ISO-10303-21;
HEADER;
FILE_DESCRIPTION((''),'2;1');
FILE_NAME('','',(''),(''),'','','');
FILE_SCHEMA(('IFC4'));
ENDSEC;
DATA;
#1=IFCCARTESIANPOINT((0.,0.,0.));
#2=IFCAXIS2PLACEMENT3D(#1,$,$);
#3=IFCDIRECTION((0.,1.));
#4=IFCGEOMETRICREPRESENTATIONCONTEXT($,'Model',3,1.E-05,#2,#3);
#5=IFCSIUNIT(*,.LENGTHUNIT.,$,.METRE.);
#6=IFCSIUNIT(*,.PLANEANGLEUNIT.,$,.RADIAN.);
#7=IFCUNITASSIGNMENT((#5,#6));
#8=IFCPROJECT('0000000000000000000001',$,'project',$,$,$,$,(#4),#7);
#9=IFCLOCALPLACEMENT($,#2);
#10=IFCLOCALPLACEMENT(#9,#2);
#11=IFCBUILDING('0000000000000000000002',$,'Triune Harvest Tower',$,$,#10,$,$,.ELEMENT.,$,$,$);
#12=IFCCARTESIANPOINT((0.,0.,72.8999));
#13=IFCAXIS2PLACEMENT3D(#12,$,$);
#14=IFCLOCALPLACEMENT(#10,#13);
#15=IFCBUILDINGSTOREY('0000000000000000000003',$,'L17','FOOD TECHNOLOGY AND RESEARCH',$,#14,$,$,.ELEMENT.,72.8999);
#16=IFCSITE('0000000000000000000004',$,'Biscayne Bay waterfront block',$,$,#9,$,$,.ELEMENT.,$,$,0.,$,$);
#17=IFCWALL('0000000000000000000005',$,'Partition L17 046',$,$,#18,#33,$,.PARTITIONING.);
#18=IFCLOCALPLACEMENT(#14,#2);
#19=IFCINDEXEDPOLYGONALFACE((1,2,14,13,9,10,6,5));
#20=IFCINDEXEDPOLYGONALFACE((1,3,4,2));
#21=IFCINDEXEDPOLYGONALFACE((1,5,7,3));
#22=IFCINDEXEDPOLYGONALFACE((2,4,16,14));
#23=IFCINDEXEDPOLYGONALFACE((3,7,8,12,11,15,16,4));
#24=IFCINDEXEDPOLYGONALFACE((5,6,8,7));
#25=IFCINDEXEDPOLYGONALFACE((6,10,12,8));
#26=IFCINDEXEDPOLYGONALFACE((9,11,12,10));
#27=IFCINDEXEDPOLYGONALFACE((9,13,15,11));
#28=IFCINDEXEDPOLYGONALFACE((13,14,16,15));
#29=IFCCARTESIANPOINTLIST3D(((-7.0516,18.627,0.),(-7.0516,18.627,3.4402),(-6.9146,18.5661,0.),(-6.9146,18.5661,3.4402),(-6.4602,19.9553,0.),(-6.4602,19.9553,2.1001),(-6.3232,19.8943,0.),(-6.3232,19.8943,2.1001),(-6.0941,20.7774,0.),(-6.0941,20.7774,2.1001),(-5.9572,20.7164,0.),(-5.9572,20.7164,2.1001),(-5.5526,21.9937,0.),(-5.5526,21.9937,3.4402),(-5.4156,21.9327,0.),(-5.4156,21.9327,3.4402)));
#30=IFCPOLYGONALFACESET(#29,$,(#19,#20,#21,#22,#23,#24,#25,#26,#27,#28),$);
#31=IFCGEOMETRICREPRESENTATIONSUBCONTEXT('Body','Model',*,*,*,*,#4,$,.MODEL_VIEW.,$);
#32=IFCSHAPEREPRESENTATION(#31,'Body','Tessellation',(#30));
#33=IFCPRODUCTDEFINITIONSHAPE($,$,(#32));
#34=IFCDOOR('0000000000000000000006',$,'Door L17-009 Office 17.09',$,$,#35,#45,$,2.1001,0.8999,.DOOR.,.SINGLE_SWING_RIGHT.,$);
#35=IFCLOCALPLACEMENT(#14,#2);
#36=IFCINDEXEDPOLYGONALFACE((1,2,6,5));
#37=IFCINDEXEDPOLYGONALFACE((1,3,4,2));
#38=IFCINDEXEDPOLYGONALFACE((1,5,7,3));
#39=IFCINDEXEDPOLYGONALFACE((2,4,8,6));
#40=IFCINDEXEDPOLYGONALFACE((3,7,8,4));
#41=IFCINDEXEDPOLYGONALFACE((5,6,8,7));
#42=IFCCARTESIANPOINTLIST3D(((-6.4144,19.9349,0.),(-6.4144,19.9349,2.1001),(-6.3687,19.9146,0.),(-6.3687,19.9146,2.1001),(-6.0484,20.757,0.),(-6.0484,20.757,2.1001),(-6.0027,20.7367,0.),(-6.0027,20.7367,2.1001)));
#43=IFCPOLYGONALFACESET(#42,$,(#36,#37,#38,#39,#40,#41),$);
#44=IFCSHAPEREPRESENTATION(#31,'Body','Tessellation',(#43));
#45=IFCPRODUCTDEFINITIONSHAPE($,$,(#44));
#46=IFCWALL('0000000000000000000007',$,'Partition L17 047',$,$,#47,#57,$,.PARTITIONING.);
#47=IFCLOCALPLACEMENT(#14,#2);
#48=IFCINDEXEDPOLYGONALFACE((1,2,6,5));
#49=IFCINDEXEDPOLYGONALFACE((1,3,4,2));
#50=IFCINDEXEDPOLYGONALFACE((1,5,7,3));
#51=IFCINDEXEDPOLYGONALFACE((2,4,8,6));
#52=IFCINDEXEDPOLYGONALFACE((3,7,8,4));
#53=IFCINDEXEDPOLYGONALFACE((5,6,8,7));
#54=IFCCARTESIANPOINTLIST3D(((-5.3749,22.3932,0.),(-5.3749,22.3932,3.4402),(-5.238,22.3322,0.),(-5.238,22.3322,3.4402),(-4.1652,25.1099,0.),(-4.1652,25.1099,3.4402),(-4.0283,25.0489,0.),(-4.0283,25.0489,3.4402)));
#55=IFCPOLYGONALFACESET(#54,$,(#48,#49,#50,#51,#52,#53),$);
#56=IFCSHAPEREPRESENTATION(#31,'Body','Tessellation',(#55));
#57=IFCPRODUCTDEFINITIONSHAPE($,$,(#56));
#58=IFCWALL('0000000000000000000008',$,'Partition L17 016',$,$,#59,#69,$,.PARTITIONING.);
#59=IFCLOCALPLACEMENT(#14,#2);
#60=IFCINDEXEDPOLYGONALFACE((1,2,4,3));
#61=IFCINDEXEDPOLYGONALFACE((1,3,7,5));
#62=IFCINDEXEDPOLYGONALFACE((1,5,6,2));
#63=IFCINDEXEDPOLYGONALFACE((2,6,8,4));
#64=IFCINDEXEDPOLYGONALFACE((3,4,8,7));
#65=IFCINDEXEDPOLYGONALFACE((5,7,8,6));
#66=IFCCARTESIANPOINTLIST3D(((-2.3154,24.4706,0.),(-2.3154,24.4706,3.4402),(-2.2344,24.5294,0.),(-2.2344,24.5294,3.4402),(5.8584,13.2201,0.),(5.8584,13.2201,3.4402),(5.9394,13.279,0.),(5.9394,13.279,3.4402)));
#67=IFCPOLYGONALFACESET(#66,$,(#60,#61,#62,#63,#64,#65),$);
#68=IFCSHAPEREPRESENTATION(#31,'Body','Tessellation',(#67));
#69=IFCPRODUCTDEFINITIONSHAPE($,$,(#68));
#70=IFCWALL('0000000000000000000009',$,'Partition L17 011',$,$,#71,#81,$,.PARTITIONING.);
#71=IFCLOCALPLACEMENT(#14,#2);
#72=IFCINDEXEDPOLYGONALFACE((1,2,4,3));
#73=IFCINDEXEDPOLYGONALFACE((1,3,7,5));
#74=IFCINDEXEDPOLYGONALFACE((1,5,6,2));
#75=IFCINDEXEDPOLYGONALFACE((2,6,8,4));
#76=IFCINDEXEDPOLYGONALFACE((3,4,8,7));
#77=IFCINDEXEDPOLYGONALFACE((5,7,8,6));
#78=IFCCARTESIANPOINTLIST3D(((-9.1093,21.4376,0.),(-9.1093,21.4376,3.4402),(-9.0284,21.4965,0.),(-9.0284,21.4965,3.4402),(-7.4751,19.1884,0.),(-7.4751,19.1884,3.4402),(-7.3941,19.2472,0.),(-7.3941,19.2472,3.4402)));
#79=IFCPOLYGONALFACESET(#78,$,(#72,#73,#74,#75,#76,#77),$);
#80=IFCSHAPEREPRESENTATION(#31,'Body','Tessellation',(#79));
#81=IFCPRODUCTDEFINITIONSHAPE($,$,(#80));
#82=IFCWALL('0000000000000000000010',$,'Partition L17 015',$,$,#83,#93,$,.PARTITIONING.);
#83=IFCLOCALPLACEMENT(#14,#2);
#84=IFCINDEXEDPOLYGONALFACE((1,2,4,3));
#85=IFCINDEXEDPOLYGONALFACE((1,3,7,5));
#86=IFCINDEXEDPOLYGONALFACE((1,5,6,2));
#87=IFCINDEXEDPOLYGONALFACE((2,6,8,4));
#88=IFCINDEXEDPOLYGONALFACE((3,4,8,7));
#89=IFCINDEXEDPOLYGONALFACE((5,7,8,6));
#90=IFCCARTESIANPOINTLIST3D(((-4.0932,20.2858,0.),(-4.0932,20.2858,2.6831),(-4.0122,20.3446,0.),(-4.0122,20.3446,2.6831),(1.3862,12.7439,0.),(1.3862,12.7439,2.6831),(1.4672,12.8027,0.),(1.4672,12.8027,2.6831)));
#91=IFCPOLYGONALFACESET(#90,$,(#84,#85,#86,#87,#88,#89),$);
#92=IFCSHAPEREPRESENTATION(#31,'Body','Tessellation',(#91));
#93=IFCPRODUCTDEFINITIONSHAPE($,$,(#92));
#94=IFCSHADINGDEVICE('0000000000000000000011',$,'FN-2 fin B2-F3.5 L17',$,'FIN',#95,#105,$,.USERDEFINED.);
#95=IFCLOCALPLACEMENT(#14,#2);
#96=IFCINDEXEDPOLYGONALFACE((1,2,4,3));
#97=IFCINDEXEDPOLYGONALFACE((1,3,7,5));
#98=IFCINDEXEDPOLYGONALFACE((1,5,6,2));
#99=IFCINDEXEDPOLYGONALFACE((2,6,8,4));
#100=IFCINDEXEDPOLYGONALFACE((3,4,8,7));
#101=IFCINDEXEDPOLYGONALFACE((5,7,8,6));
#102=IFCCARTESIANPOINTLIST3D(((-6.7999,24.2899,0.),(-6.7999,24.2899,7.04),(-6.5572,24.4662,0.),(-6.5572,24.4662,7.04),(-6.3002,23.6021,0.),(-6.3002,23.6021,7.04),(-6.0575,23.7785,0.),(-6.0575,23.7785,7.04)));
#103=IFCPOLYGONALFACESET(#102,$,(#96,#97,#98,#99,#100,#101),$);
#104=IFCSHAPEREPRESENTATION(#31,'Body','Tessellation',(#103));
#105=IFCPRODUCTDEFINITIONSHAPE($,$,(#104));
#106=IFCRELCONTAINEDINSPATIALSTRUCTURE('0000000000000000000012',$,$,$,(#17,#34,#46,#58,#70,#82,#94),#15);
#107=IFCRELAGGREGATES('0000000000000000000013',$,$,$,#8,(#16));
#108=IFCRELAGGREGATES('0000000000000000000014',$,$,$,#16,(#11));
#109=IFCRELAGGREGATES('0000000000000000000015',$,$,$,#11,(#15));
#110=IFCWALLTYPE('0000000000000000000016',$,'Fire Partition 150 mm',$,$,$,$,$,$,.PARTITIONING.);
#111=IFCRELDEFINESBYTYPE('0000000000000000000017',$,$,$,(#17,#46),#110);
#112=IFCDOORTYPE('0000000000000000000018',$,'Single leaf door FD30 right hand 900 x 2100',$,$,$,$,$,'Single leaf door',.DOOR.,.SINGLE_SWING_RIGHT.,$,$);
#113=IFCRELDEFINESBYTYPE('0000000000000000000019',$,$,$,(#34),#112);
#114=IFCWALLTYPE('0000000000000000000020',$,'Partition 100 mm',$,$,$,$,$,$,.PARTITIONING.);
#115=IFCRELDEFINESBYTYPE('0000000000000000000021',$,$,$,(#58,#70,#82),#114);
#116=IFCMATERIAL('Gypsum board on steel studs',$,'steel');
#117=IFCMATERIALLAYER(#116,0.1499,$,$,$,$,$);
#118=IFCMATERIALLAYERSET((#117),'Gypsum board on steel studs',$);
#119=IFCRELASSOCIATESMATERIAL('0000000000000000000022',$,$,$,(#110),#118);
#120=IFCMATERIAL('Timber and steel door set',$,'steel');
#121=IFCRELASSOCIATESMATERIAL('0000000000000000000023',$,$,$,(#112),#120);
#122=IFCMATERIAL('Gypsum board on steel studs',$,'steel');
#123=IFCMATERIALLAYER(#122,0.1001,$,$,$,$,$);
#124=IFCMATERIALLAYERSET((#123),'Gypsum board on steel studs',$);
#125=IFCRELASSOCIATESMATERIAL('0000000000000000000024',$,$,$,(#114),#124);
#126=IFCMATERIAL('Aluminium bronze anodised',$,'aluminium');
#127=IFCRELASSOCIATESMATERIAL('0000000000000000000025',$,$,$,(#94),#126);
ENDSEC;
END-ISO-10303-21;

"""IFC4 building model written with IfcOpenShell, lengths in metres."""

from ifc_helpers import new_model, si_unit, direction, frame, frame_2d, origin, origin_2d, place, context, subcontext, project, spatial, rectangle, extrude, source, transform, mapped, material, layer, layer_set, type_object, element, fill, save


model = new_model("IFC4")

# Units and contexts
model_context = context("Model", 3, precision=1e-05, world=origin(), true_north=direction((0.0, 1.0)))
body_context = subcontext(model_context, "Body", "Model", "MODEL_VIEW")
ifc_project = project(units=[si_unit("LENGTHUNIT", "METRE"), si_unit("PLANEANGLEUNIT", "RADIAN")], contexts=[model_context])

# Site, building, storey
site_placement = place(None, origin())
site = spatial("IfcSite", under=ifc_project, at=site_placement, Name="Biscayne Bay waterfront block", CompositionType="ELEMENT", RefElevation=0.0)
building_placement = place(site_placement, origin())
building = spatial("IfcBuilding", under=site, at=building_placement, Name="Triune Harvest Tower", CompositionType="ELEMENT")
storey_placement = place(building_placement, frame((0.0, 0.0, 72.8999)))
storey = spatial("IfcBuildingStorey", under=building, at=storey_placement, Name="L17", Description="FOOD TECHNOLOGY AND RESEARCH", CompositionType="ELEMENT", Elevation=72.8999)

# Shared definitions
ifc_material_1 = material(Name="Gypsum board on steel studs", Category="steel")
ifc_layer_1 = layer(ifc_material_1, 0.1499)
ifc_layer_set_1 = layer_set([ifc_layer_1], Name="Gypsum board on steel studs")
wall_type_1 = type_object("IfcWallType", Name="Fire Partition 150 mm", PredefinedType="PARTITIONING", material=ifc_layer_set_1)

# Wall, opening, door
wall_1_placement = place(storey_placement, frame((-6.9832, 18.5964, 0.0), z_axis=(0.0, 0.0, 1.0), x_axis=(0.406753, 0.913538, 0.0)))
wall_1 = element("IfcWall", 1, at=wall_1_placement, inside=storey, type_object=wall_type_1, Name="Partition L17 046", PredefinedType="PARTITIONING", context=body_context, shape_type="SweptSolid", body=[
    extrude(rectangle(XDim=3.6853, YDim=0.1499, at=frame_2d((1.8428, 0.0))), origin(), (0.0, 0.0, 1.0), 3.4402),
])
opening_1_placement = place(wall_1_placement, frame((1.4541, 0.0, 0.0)))
opening_1 = element("IfcOpeningElement", 2, at=opening_1_placement, cuts=wall_1, PredefinedType="OPENING", context=body_context, shape_type="SweptSolid", body=[
    extrude(rectangle(XDim=0.8999, YDim=2.1001, at=frame_2d((0.45, 1.05))), frame((0.0, 0.085, 0.0), z_axis=(0.0, -1.0, 0.0), x_axis=(1.0, 0.0, 0.0)), (0.0, 0.0, 1.0), 0.1699),
])
ifc_material_2 = material(Name="Timber and steel door set", Category="steel")
door_type_1 = type_object("IfcDoorType", Name="Single leaf door FD30 right hand 900 x 2100", ElementType="Single leaf door", OperationType="SINGLE_SWING_RIGHT", PredefinedType="DOOR", material=ifc_material_2)
door_1_placement = place(opening_1_placement, origin())
door_1 = element("IfcDoor", 3, at=door_1_placement, inside=storey, type_object=door_type_1, Name="Door L17-009 Office 17.09", OperationType="SINGLE_SWING_RIGHT", OverallHeight=2.1001, OverallWidth=0.8999, PredefinedType="DOOR", context=body_context, shape_type="SweptSolid", body=[
    extrude(rectangle(XDim=0.8999, YDim=2.1001, at=frame_2d((0.45, 1.05))), frame((0.0, 0.0249, 0.0), z_axis=(0.0, -1.0, 0.0), x_axis=(1.0, 0.0, 0.0)), (0.0, 0.0, 1.0), 0.05),
])
fill(opening_1, door_1)

# Walls
wall_2_placement = place(storey_placement, frame((-5.3064, 22.3628, 0.0), z_axis=(0.0, 0.0, 1.0), x_axis=(0.406771, 0.91353, 0.0)))
element("IfcWall", 4, at=wall_2_placement, inside=storey, type_object=wall_type_1, Name="Partition L17 047", PredefinedType="PARTITIONING", context=body_context, shape_type="SweptSolid", body=[
    extrude(rectangle(XDim=2.9739, YDim=0.1499, at=frame_2d((1.4868, 0.0))), origin(), (0.0, 0.0, 1.0), 3.4402),
])
ifc_material_3 = material(Name="Gypsum board on steel studs", Category="steel")
ifc_layer_2 = layer(ifc_material_3, 0.1001)
ifc_layer_set_2 = layer_set([ifc_layer_2], Name="Gypsum board on steel studs")
wall_type_2 = type_object("IfcWallType", Name="Partition 100 mm", PredefinedType="PARTITIONING", material=ifc_layer_set_2)
wall_3_placement = place(storey_placement, frame((-2.2749, 24.5, 0.0), z_axis=(0.0, 0.0, 1.0), x_axis=(0.587779, -0.809021, 0.0)))
element("IfcWall", 5, at=wall_3_placement, inside=storey, type_object=wall_type_2, Name="Partition L17 016", PredefinedType="PARTITIONING", context=body_context, shape_type="SweptSolid", body=[
    extrude(rectangle(XDim=13.9062, YDim=0.1001, at=frame_2d((6.9531, 0.0))), origin(), (0.0, 0.0, 1.0), 3.4402),
])
shared_shape_1 = source(origin(), body_context, "Body", "SweptSolid", [
    extrude(rectangle(XDim=2.7803, YDim=0.1001, at=frame_2d((1.3901, 0.0))), origin(), (0.0, 0.0, 1.0), 3.4402),
])
wall_4_placement = place(storey_placement, frame((-9.0688, 21.467, 0.0), z_axis=(0.0, 0.0, 1.0), x_axis=(0.587806, -0.809002, 0.0)))
element("IfcWall", 6, at=wall_4_placement, inside=storey, type_object=wall_type_2, Name="Partition L17 011", PredefinedType="PARTITIONING", context=body_context, shape_type="MappedRepresentation", body=[
    mapped(shared_shape_1, transform((0.0, 0.0, 0.0), scale=1.0)),
])
shared_shape_2 = source(origin(), body_context, "Body", "SweptSolid", [
    extrude(rectangle(XDim=9.3223, YDim=0.1001, at=frame_2d((4.6611, 0.0))), origin(), (0.0, 0.0, 1.0), 2.6831),
])
wall_5_placement = place(storey_placement, frame((-4.0527, 20.3152, 0.0), z_axis=(0.0, 0.0, 1.0), x_axis=(0.587779, -0.809021, 0.0)))
element("IfcWall", 7, at=wall_5_placement, inside=storey, type_object=wall_type_2, Name="Partition L17 015", PredefinedType="PARTITIONING", context=body_context, shape_type="MappedRepresentation", body=[
    mapped(shared_shape_2, transform((0.0, 0.0, 0.0), scale=1.0)),
])

# Shading device
ifc_material_4 = material(Name="Aluminium bronze anodised", Category="aluminium")
shared_shape_3 = source(origin(), body_context, "Body", "SweptSolid", [
    extrude(rectangle(XDim=0.3, YDim=0.8501, at=origin_2d()), origin(), (0.0, 0.0, 1.0), 7.04),
])
shading_device_placement = place(storey_placement, frame((-6.4287, 24.0342, 0.0), z_axis=(0.0, 0.0, 1.0), x_axis=(-0.809017, -0.587785, 0.0)))
element("IfcShadingDevice", 8, at=shading_device_placement, inside=storey, material=ifc_material_4, Name="FN-2 fin B2-F3.5 L17", ObjectType="FIN", PredefinedType="USERDEFINED", context=body_context, shape_type="MappedRepresentation", body=[
    mapped(shared_shape_3, transform((0.0, 0.0, 0.0), scale=1.0)),
])

save(model, "model.ifc")
